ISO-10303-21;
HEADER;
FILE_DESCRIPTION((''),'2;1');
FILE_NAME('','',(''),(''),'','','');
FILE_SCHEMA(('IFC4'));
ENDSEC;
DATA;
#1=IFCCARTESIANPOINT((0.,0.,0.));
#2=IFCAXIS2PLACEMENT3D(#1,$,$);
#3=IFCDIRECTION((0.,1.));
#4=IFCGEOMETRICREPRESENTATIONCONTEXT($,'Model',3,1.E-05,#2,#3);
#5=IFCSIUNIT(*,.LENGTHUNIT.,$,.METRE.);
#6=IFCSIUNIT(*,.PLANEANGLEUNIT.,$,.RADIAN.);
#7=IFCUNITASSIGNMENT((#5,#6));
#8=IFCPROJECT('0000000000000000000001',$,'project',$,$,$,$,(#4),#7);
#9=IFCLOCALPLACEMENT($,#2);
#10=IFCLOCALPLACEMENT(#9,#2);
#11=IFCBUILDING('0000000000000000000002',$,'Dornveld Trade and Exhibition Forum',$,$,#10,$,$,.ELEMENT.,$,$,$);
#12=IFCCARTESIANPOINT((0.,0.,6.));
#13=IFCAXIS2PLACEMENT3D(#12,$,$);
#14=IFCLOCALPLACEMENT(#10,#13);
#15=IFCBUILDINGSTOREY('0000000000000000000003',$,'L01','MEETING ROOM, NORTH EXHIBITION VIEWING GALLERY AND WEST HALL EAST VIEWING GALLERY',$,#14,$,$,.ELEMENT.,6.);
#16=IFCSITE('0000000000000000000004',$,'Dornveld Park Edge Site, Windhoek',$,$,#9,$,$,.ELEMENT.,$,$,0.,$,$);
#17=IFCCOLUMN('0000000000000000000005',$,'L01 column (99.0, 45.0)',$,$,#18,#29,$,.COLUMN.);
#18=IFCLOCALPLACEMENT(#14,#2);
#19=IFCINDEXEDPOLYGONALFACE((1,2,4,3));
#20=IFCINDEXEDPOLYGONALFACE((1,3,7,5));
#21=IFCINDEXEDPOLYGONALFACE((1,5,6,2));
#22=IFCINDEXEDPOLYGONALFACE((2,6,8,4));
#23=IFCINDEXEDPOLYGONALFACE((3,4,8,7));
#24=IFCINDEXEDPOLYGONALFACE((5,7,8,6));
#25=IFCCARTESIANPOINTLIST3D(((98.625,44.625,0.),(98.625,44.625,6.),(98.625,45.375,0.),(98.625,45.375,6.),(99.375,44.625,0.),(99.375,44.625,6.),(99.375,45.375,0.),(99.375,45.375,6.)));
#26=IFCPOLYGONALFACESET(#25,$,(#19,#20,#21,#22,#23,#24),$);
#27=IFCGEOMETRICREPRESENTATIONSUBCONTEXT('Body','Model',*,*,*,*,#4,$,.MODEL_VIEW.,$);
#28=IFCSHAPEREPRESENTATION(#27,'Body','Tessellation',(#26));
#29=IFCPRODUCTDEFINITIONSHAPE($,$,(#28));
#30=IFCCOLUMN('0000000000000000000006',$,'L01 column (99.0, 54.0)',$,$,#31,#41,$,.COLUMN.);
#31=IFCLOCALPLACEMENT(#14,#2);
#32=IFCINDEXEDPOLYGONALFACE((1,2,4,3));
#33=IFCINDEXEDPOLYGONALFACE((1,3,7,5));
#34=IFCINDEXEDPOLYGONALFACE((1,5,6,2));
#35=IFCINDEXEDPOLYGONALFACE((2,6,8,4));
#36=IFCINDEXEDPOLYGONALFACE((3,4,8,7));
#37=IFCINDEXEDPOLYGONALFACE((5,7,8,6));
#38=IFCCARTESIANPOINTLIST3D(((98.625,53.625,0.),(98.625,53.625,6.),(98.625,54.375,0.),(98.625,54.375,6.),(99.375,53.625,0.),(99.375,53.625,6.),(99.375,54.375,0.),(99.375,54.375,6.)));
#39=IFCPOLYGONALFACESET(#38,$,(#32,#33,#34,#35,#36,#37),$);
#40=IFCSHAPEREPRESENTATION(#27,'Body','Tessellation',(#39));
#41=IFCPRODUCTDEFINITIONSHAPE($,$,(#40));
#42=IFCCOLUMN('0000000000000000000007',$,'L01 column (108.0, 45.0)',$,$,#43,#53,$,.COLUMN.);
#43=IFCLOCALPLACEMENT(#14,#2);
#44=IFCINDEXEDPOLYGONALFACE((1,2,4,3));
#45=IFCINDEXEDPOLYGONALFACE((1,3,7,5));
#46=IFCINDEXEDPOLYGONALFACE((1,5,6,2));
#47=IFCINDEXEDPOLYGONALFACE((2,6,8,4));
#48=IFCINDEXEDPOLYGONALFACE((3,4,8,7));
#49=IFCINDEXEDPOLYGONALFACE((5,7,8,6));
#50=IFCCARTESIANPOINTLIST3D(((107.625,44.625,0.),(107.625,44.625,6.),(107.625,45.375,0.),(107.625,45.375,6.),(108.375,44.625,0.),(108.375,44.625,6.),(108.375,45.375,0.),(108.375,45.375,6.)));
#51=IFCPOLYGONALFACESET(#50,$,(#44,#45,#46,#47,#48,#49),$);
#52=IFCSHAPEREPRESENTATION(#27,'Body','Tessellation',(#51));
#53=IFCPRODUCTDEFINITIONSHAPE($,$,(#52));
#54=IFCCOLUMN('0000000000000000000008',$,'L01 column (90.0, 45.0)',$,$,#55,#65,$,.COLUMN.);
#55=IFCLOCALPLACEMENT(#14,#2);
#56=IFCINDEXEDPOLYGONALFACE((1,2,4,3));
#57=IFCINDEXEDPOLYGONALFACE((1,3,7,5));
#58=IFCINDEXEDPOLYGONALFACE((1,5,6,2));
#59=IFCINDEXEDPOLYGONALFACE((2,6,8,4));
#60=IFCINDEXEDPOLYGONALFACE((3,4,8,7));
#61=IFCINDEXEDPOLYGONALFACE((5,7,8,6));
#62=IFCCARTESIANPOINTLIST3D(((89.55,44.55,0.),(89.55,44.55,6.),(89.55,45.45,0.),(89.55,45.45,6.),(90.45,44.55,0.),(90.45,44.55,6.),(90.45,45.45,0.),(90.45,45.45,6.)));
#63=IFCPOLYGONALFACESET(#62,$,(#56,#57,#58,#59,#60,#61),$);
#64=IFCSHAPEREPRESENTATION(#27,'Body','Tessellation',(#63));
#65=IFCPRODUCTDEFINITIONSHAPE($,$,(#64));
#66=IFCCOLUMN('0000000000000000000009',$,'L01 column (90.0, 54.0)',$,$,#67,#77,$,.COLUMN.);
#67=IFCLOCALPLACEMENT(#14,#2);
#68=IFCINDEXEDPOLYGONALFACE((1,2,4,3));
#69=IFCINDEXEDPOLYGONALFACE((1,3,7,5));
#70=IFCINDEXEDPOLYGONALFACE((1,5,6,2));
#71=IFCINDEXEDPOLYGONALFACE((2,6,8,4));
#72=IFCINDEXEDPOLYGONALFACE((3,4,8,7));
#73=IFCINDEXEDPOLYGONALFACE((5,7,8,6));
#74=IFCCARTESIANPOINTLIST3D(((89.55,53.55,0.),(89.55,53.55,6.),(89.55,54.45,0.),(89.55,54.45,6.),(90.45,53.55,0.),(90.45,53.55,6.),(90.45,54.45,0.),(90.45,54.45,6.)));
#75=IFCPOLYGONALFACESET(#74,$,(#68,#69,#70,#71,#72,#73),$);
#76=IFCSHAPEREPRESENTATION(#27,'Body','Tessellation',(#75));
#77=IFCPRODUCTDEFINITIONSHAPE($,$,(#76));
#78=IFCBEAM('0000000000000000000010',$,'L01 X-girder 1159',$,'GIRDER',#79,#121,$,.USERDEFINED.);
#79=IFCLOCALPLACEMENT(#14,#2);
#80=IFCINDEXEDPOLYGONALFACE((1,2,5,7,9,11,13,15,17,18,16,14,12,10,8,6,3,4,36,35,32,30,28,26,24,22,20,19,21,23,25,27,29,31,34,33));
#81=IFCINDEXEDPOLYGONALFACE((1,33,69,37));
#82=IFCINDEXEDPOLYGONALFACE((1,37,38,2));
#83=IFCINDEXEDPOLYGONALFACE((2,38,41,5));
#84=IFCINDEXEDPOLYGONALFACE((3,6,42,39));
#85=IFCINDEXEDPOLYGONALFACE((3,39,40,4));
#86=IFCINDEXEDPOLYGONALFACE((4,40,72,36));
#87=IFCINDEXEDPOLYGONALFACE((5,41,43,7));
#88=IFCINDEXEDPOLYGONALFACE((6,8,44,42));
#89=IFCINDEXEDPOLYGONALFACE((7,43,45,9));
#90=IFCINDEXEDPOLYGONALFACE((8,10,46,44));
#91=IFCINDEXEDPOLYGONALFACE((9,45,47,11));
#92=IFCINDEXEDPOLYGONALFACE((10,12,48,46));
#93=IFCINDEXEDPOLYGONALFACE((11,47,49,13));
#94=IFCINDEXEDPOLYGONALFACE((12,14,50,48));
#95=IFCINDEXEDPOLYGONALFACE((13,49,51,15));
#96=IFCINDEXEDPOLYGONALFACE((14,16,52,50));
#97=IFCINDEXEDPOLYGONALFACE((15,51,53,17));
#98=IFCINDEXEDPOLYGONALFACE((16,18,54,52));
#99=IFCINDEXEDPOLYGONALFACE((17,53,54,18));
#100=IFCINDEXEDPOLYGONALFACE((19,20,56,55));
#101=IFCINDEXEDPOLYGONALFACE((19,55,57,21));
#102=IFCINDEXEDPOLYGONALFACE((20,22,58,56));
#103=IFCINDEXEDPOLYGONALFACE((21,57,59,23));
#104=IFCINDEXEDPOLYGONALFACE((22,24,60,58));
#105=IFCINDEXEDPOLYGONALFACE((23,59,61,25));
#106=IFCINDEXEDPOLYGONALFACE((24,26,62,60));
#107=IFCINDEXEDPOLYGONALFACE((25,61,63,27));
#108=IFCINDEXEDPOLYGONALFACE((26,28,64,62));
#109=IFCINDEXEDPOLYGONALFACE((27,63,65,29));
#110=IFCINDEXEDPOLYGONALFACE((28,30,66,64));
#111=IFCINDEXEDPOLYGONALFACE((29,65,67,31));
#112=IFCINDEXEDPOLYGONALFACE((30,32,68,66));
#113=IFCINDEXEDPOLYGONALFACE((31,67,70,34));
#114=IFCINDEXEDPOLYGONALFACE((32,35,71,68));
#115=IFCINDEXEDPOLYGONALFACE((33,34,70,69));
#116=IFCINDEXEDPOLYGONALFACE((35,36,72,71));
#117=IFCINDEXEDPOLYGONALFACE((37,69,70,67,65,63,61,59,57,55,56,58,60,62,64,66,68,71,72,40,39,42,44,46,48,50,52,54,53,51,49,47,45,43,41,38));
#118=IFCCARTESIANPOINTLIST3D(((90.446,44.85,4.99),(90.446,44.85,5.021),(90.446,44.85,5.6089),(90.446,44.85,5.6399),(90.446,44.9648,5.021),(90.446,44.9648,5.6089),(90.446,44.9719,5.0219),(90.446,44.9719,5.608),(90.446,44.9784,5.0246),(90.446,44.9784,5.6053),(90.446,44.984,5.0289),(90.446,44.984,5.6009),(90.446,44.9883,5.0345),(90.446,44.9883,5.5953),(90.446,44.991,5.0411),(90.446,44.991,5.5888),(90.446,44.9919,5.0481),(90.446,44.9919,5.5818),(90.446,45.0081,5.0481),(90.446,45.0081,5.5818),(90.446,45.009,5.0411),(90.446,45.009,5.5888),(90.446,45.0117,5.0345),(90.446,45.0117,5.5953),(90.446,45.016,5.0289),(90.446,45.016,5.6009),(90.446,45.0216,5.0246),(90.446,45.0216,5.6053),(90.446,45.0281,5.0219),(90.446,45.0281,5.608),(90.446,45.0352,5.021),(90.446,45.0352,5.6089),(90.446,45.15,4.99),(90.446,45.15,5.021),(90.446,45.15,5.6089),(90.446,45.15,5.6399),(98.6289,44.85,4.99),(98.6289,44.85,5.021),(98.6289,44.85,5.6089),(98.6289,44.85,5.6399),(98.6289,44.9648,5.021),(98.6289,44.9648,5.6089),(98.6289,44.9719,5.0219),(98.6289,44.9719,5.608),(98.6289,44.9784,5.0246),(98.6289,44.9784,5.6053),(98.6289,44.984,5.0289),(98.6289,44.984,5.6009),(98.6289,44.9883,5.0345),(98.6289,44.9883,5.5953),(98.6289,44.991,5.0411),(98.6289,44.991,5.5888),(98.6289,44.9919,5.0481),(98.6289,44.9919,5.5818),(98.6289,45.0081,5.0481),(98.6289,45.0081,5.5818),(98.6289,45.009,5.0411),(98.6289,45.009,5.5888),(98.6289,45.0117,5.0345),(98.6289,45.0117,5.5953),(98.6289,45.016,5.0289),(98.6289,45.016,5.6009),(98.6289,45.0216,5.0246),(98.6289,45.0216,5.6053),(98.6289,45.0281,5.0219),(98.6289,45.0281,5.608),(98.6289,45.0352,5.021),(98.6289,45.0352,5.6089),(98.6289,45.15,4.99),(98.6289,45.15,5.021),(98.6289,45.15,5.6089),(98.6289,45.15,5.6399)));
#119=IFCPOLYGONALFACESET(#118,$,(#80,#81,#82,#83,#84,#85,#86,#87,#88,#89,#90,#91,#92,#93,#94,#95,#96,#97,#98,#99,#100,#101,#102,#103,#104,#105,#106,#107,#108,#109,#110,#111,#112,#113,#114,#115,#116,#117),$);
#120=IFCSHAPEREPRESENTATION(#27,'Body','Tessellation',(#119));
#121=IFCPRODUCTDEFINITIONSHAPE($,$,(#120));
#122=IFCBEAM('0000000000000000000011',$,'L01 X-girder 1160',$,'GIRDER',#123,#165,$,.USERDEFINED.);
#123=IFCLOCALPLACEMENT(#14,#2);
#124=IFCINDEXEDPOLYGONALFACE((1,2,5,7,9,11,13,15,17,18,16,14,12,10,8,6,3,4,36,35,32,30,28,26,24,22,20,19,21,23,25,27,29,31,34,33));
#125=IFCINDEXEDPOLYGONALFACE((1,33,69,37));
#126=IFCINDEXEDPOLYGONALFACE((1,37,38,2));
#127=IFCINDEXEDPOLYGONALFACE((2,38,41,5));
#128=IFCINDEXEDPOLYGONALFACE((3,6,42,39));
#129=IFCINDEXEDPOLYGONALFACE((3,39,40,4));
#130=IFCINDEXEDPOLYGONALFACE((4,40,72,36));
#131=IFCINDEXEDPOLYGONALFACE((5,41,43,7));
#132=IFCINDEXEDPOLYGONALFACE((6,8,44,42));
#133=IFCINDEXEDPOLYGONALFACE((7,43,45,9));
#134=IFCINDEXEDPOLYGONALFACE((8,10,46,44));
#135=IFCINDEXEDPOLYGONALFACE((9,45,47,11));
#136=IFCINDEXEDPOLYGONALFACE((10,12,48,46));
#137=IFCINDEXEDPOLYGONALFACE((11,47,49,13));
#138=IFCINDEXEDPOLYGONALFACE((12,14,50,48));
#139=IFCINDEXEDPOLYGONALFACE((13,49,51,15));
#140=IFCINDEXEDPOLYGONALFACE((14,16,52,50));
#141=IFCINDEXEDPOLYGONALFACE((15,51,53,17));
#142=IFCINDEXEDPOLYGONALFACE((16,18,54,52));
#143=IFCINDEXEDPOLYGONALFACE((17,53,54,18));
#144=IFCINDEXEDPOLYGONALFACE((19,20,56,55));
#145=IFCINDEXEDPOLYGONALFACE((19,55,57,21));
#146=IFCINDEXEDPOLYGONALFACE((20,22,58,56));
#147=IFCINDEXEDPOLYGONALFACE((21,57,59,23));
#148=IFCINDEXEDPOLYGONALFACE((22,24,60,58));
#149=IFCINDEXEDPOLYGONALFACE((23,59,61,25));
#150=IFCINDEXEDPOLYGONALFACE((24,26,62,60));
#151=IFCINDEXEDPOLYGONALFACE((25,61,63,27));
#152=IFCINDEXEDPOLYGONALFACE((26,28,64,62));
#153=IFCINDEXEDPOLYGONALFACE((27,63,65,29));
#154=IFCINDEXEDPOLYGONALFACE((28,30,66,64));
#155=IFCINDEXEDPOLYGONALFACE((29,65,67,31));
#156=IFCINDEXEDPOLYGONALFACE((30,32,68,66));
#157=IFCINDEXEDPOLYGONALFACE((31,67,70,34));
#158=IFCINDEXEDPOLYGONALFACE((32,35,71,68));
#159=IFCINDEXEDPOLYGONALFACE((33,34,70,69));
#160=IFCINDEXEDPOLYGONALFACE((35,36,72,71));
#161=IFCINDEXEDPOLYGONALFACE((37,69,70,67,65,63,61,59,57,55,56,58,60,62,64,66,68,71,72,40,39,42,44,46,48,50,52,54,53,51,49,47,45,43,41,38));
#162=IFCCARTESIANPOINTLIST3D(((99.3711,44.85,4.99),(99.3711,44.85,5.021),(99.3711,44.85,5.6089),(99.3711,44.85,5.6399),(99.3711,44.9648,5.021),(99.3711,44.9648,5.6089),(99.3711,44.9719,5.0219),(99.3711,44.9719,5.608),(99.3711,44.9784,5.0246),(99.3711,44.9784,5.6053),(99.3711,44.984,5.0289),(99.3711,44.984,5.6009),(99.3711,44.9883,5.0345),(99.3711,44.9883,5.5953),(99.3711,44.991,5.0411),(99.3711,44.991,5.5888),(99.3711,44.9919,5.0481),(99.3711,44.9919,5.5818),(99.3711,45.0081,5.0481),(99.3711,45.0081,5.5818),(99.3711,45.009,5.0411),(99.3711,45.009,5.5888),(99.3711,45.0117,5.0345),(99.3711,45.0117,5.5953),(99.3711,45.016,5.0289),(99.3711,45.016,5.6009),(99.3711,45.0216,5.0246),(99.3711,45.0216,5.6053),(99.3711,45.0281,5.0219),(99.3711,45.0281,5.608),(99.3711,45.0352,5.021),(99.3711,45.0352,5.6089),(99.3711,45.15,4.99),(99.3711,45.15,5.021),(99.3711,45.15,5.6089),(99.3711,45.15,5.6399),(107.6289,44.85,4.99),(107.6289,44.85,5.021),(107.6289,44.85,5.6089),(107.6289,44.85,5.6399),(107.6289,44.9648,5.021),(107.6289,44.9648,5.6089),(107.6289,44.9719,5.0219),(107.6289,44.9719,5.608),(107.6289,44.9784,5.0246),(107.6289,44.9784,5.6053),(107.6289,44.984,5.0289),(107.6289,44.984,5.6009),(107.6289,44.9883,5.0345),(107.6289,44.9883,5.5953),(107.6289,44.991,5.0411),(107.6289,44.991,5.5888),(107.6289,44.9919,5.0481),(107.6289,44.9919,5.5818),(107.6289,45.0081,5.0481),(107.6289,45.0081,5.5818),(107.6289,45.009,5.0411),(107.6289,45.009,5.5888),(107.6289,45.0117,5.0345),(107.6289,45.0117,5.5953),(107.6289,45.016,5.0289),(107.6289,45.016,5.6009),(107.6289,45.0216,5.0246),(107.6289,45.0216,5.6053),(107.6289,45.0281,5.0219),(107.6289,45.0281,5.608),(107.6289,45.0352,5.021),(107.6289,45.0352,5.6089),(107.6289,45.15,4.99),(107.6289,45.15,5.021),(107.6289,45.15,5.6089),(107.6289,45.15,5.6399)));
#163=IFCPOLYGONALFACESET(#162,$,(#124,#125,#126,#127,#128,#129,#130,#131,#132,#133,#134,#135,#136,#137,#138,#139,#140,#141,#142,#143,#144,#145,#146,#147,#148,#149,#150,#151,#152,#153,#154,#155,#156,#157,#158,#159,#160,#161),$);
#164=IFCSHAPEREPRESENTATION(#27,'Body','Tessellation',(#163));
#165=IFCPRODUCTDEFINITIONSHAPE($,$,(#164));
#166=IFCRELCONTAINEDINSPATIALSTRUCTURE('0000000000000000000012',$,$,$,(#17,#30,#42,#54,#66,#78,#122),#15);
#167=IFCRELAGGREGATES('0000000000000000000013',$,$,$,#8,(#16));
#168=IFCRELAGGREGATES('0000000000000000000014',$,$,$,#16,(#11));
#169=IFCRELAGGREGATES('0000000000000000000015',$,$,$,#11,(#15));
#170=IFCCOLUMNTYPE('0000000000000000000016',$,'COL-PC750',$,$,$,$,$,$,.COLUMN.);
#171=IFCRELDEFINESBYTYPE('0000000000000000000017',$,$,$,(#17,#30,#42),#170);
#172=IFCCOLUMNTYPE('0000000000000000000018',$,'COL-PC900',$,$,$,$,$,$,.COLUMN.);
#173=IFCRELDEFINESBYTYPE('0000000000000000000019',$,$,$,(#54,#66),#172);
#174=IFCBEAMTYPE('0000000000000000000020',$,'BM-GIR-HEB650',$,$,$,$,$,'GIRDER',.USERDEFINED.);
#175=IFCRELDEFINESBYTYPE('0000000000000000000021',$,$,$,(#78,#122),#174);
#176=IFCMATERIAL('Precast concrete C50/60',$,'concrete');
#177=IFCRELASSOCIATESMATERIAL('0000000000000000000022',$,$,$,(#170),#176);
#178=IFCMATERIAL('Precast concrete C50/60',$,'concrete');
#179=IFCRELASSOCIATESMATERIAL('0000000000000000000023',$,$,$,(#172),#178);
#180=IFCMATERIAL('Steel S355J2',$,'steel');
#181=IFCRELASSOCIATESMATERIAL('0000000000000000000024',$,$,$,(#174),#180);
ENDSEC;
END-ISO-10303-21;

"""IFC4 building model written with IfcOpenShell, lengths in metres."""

from ifc_helpers import new_model, si_unit, direction, frame, origin, origin_2d, place, context, subcontext, project, spatial, rectangle, i_section, extrude, material, material_profile, profile_set, type_object, element, save


model = new_model("IFC4")

# Units and contexts
model_context = context("Model", 3, precision=1e-05, world=origin(), true_north=direction((0.0, 1.0)))
body_context = subcontext(model_context, "Body", "Model", "MODEL_VIEW")
ifc_project = project(units=[si_unit("LENGTHUNIT", "METRE"), si_unit("PLANEANGLEUNIT", "RADIAN")], contexts=[model_context])

# Site, building, storey
site_placement = place(None, origin())
site = spatial("IfcSite", under=ifc_project, at=site_placement, Name="Dornveld Park Edge Site, Windhoek", CompositionType="ELEMENT", RefElevation=0.0)
building_placement = place(site_placement, origin())
building = spatial("IfcBuilding", under=site, at=building_placement, Name="Dornveld Trade and Exhibition Forum", CompositionType="ELEMENT")
storey_placement = place(building_placement, frame((0.0, 0.0, 6.0)))
storey = spatial("IfcBuildingStorey", under=building, at=storey_placement, Name="L01", Description="MEETING ROOM, NORTH EXHIBITION VIEWING GALLERY AND WEST HALL EAST VIEWING GALLERY", CompositionType="ELEMENT", Elevation=6.0)

# Columns
ifc_material_1 = material(Name="Precast concrete C50/60", Category="concrete")
ifc_material_profile_1 = material_profile(ifc_material_1, rectangle(XDim=0.75, YDim=0.75, at=origin_2d()), Name="PC-COL 750x750")
ifc_profile_set_1 = profile_set([ifc_material_profile_1], Name="Precast concrete C50/60")
column_type_1 = type_object("IfcColumnType", Name="COL-PC750", PredefinedType="COLUMN", material=ifc_profile_set_1)
for number, where, z_axis, x_axis, name in (
    (1, (99.0, 45.0, 0.0), (0.0, 0.0, 1.0), (1.0, 0.0, 0.0), "L01 column (99.0, 45.0)"),
    (2, (99.0, 54.0, 0.0), (0.0, 0.0, 1.0), (1.0, 0.0, 0.0), "L01 column (99.0, 54.0)"),
    (3, (108.0, 45.0, 0.0), (0.0, 0.0, 1.0), (1.0, 0.0, 0.0), "L01 column (108.0, 45.0)"),
):
    element("IfcColumn", number, at=place(storey_placement, frame(where, z_axis=z_axis, x_axis=x_axis)), inside=storey, type_object=column_type_1, Name=name, PredefinedType="COLUMN", context=body_context, shape_type="SweptSolid", body=[
        extrude(rectangle(XDim=0.75, YDim=0.75, at=origin_2d()), origin(), (0.0, 0.0, 1.0), 6.0),
    ])
ifc_material_2 = material(Name="Precast concrete C50/60", Category="concrete")
ifc_material_profile_2 = material_profile(ifc_material_2, rectangle(XDim=0.8999, YDim=0.8999, at=origin_2d()), Name="PC-COL 900x900")
ifc_profile_set_2 = profile_set([ifc_material_profile_2], Name="Precast concrete C50/60")
column_type_2 = type_object("IfcColumnType", Name="COL-PC900", PredefinedType="COLUMN", material=ifc_profile_set_2)
for number, where, z_axis, x_axis, name in (
    (4, (90.0, 45.0, 0.0), (0.0, 0.0, 1.0), (1.0, 0.0, 0.0), "L01 column (90.0, 45.0)"),
    (5, (90.0, 54.0, 0.0), (0.0, 0.0, 1.0), (1.0, 0.0, 0.0), "L01 column (90.0, 54.0)"),
):
    element("IfcColumn", number, at=place(storey_placement, frame(where, z_axis=z_axis, x_axis=x_axis)), inside=storey, type_object=column_type_2, Name=name, PredefinedType="COLUMN", context=body_context, shape_type="SweptSolid", body=[
        extrude(rectangle(XDim=0.8999, YDim=0.8999, at=origin_2d()), origin(), (0.0, 0.0, 1.0), 6.0),
    ])

# Beams
ifc_material_3 = material(Name="Steel S355J2", Category="steel")
ifc_material_profile_3 = material_profile(ifc_material_3, i_section(OverallWidth=0.3, OverallDepth=0.6499, WebThickness=0.0161, FlangeThickness=0.031, FilletRadius=0.0271, at=origin_2d()), Name="HEB 650")
ifc_profile_set_3 = profile_set([ifc_material_profile_3], Name="Steel S355J2")
beam_type_1 = type_object("IfcBeamType", Name="BM-GIR-HEB650", ElementType="GIRDER", PredefinedType="USERDEFINED", material=ifc_profile_set_3)
beam_1_placement = place(storey_placement, frame((90.446, 45.0, 5.3149), z_axis=(1.0, 0.0, 0.0), x_axis=(0.0, 1.0, 0.0)))
element("IfcBeam", 6, at=beam_1_placement, inside=storey, type_object=beam_type_1, Name="L01 X-girder 1159", ObjectType="GIRDER", PredefinedType="USERDEFINED", context=body_context, shape_type="SweptSolid", body=[
    extrude(i_section(OverallWidth=0.3, OverallDepth=0.6499, WebThickness=0.0161, FlangeThickness=0.031, FilletRadius=0.0271, at=origin_2d()), origin(), (0.0, 0.0, 1.0), 8.1829),
])
for number, where, z_axis, x_axis, name in (
    (7, (99.3711, 45.0, 5.3149), (1.0, 0.0, 0.0), (0.0, 1.0, 0.0), "L01 X-girder 1160"),
):
    element("IfcBeam", number, at=place(storey_placement, frame(where, z_axis=z_axis, x_axis=x_axis)), inside=storey, type_object=beam_type_1, Name=name, ObjectType="GIRDER", PredefinedType="USERDEFINED", context=body_context, shape_type="SweptSolid", body=[
        extrude(i_section(OverallWidth=0.3, OverallDepth=0.6499, WebThickness=0.0161, FlangeThickness=0.031, FilletRadius=0.0271, at=origin_2d()), origin(), (0.0, 0.0, 1.0), 8.2578),
    ])

save(model, "model.ifc")
